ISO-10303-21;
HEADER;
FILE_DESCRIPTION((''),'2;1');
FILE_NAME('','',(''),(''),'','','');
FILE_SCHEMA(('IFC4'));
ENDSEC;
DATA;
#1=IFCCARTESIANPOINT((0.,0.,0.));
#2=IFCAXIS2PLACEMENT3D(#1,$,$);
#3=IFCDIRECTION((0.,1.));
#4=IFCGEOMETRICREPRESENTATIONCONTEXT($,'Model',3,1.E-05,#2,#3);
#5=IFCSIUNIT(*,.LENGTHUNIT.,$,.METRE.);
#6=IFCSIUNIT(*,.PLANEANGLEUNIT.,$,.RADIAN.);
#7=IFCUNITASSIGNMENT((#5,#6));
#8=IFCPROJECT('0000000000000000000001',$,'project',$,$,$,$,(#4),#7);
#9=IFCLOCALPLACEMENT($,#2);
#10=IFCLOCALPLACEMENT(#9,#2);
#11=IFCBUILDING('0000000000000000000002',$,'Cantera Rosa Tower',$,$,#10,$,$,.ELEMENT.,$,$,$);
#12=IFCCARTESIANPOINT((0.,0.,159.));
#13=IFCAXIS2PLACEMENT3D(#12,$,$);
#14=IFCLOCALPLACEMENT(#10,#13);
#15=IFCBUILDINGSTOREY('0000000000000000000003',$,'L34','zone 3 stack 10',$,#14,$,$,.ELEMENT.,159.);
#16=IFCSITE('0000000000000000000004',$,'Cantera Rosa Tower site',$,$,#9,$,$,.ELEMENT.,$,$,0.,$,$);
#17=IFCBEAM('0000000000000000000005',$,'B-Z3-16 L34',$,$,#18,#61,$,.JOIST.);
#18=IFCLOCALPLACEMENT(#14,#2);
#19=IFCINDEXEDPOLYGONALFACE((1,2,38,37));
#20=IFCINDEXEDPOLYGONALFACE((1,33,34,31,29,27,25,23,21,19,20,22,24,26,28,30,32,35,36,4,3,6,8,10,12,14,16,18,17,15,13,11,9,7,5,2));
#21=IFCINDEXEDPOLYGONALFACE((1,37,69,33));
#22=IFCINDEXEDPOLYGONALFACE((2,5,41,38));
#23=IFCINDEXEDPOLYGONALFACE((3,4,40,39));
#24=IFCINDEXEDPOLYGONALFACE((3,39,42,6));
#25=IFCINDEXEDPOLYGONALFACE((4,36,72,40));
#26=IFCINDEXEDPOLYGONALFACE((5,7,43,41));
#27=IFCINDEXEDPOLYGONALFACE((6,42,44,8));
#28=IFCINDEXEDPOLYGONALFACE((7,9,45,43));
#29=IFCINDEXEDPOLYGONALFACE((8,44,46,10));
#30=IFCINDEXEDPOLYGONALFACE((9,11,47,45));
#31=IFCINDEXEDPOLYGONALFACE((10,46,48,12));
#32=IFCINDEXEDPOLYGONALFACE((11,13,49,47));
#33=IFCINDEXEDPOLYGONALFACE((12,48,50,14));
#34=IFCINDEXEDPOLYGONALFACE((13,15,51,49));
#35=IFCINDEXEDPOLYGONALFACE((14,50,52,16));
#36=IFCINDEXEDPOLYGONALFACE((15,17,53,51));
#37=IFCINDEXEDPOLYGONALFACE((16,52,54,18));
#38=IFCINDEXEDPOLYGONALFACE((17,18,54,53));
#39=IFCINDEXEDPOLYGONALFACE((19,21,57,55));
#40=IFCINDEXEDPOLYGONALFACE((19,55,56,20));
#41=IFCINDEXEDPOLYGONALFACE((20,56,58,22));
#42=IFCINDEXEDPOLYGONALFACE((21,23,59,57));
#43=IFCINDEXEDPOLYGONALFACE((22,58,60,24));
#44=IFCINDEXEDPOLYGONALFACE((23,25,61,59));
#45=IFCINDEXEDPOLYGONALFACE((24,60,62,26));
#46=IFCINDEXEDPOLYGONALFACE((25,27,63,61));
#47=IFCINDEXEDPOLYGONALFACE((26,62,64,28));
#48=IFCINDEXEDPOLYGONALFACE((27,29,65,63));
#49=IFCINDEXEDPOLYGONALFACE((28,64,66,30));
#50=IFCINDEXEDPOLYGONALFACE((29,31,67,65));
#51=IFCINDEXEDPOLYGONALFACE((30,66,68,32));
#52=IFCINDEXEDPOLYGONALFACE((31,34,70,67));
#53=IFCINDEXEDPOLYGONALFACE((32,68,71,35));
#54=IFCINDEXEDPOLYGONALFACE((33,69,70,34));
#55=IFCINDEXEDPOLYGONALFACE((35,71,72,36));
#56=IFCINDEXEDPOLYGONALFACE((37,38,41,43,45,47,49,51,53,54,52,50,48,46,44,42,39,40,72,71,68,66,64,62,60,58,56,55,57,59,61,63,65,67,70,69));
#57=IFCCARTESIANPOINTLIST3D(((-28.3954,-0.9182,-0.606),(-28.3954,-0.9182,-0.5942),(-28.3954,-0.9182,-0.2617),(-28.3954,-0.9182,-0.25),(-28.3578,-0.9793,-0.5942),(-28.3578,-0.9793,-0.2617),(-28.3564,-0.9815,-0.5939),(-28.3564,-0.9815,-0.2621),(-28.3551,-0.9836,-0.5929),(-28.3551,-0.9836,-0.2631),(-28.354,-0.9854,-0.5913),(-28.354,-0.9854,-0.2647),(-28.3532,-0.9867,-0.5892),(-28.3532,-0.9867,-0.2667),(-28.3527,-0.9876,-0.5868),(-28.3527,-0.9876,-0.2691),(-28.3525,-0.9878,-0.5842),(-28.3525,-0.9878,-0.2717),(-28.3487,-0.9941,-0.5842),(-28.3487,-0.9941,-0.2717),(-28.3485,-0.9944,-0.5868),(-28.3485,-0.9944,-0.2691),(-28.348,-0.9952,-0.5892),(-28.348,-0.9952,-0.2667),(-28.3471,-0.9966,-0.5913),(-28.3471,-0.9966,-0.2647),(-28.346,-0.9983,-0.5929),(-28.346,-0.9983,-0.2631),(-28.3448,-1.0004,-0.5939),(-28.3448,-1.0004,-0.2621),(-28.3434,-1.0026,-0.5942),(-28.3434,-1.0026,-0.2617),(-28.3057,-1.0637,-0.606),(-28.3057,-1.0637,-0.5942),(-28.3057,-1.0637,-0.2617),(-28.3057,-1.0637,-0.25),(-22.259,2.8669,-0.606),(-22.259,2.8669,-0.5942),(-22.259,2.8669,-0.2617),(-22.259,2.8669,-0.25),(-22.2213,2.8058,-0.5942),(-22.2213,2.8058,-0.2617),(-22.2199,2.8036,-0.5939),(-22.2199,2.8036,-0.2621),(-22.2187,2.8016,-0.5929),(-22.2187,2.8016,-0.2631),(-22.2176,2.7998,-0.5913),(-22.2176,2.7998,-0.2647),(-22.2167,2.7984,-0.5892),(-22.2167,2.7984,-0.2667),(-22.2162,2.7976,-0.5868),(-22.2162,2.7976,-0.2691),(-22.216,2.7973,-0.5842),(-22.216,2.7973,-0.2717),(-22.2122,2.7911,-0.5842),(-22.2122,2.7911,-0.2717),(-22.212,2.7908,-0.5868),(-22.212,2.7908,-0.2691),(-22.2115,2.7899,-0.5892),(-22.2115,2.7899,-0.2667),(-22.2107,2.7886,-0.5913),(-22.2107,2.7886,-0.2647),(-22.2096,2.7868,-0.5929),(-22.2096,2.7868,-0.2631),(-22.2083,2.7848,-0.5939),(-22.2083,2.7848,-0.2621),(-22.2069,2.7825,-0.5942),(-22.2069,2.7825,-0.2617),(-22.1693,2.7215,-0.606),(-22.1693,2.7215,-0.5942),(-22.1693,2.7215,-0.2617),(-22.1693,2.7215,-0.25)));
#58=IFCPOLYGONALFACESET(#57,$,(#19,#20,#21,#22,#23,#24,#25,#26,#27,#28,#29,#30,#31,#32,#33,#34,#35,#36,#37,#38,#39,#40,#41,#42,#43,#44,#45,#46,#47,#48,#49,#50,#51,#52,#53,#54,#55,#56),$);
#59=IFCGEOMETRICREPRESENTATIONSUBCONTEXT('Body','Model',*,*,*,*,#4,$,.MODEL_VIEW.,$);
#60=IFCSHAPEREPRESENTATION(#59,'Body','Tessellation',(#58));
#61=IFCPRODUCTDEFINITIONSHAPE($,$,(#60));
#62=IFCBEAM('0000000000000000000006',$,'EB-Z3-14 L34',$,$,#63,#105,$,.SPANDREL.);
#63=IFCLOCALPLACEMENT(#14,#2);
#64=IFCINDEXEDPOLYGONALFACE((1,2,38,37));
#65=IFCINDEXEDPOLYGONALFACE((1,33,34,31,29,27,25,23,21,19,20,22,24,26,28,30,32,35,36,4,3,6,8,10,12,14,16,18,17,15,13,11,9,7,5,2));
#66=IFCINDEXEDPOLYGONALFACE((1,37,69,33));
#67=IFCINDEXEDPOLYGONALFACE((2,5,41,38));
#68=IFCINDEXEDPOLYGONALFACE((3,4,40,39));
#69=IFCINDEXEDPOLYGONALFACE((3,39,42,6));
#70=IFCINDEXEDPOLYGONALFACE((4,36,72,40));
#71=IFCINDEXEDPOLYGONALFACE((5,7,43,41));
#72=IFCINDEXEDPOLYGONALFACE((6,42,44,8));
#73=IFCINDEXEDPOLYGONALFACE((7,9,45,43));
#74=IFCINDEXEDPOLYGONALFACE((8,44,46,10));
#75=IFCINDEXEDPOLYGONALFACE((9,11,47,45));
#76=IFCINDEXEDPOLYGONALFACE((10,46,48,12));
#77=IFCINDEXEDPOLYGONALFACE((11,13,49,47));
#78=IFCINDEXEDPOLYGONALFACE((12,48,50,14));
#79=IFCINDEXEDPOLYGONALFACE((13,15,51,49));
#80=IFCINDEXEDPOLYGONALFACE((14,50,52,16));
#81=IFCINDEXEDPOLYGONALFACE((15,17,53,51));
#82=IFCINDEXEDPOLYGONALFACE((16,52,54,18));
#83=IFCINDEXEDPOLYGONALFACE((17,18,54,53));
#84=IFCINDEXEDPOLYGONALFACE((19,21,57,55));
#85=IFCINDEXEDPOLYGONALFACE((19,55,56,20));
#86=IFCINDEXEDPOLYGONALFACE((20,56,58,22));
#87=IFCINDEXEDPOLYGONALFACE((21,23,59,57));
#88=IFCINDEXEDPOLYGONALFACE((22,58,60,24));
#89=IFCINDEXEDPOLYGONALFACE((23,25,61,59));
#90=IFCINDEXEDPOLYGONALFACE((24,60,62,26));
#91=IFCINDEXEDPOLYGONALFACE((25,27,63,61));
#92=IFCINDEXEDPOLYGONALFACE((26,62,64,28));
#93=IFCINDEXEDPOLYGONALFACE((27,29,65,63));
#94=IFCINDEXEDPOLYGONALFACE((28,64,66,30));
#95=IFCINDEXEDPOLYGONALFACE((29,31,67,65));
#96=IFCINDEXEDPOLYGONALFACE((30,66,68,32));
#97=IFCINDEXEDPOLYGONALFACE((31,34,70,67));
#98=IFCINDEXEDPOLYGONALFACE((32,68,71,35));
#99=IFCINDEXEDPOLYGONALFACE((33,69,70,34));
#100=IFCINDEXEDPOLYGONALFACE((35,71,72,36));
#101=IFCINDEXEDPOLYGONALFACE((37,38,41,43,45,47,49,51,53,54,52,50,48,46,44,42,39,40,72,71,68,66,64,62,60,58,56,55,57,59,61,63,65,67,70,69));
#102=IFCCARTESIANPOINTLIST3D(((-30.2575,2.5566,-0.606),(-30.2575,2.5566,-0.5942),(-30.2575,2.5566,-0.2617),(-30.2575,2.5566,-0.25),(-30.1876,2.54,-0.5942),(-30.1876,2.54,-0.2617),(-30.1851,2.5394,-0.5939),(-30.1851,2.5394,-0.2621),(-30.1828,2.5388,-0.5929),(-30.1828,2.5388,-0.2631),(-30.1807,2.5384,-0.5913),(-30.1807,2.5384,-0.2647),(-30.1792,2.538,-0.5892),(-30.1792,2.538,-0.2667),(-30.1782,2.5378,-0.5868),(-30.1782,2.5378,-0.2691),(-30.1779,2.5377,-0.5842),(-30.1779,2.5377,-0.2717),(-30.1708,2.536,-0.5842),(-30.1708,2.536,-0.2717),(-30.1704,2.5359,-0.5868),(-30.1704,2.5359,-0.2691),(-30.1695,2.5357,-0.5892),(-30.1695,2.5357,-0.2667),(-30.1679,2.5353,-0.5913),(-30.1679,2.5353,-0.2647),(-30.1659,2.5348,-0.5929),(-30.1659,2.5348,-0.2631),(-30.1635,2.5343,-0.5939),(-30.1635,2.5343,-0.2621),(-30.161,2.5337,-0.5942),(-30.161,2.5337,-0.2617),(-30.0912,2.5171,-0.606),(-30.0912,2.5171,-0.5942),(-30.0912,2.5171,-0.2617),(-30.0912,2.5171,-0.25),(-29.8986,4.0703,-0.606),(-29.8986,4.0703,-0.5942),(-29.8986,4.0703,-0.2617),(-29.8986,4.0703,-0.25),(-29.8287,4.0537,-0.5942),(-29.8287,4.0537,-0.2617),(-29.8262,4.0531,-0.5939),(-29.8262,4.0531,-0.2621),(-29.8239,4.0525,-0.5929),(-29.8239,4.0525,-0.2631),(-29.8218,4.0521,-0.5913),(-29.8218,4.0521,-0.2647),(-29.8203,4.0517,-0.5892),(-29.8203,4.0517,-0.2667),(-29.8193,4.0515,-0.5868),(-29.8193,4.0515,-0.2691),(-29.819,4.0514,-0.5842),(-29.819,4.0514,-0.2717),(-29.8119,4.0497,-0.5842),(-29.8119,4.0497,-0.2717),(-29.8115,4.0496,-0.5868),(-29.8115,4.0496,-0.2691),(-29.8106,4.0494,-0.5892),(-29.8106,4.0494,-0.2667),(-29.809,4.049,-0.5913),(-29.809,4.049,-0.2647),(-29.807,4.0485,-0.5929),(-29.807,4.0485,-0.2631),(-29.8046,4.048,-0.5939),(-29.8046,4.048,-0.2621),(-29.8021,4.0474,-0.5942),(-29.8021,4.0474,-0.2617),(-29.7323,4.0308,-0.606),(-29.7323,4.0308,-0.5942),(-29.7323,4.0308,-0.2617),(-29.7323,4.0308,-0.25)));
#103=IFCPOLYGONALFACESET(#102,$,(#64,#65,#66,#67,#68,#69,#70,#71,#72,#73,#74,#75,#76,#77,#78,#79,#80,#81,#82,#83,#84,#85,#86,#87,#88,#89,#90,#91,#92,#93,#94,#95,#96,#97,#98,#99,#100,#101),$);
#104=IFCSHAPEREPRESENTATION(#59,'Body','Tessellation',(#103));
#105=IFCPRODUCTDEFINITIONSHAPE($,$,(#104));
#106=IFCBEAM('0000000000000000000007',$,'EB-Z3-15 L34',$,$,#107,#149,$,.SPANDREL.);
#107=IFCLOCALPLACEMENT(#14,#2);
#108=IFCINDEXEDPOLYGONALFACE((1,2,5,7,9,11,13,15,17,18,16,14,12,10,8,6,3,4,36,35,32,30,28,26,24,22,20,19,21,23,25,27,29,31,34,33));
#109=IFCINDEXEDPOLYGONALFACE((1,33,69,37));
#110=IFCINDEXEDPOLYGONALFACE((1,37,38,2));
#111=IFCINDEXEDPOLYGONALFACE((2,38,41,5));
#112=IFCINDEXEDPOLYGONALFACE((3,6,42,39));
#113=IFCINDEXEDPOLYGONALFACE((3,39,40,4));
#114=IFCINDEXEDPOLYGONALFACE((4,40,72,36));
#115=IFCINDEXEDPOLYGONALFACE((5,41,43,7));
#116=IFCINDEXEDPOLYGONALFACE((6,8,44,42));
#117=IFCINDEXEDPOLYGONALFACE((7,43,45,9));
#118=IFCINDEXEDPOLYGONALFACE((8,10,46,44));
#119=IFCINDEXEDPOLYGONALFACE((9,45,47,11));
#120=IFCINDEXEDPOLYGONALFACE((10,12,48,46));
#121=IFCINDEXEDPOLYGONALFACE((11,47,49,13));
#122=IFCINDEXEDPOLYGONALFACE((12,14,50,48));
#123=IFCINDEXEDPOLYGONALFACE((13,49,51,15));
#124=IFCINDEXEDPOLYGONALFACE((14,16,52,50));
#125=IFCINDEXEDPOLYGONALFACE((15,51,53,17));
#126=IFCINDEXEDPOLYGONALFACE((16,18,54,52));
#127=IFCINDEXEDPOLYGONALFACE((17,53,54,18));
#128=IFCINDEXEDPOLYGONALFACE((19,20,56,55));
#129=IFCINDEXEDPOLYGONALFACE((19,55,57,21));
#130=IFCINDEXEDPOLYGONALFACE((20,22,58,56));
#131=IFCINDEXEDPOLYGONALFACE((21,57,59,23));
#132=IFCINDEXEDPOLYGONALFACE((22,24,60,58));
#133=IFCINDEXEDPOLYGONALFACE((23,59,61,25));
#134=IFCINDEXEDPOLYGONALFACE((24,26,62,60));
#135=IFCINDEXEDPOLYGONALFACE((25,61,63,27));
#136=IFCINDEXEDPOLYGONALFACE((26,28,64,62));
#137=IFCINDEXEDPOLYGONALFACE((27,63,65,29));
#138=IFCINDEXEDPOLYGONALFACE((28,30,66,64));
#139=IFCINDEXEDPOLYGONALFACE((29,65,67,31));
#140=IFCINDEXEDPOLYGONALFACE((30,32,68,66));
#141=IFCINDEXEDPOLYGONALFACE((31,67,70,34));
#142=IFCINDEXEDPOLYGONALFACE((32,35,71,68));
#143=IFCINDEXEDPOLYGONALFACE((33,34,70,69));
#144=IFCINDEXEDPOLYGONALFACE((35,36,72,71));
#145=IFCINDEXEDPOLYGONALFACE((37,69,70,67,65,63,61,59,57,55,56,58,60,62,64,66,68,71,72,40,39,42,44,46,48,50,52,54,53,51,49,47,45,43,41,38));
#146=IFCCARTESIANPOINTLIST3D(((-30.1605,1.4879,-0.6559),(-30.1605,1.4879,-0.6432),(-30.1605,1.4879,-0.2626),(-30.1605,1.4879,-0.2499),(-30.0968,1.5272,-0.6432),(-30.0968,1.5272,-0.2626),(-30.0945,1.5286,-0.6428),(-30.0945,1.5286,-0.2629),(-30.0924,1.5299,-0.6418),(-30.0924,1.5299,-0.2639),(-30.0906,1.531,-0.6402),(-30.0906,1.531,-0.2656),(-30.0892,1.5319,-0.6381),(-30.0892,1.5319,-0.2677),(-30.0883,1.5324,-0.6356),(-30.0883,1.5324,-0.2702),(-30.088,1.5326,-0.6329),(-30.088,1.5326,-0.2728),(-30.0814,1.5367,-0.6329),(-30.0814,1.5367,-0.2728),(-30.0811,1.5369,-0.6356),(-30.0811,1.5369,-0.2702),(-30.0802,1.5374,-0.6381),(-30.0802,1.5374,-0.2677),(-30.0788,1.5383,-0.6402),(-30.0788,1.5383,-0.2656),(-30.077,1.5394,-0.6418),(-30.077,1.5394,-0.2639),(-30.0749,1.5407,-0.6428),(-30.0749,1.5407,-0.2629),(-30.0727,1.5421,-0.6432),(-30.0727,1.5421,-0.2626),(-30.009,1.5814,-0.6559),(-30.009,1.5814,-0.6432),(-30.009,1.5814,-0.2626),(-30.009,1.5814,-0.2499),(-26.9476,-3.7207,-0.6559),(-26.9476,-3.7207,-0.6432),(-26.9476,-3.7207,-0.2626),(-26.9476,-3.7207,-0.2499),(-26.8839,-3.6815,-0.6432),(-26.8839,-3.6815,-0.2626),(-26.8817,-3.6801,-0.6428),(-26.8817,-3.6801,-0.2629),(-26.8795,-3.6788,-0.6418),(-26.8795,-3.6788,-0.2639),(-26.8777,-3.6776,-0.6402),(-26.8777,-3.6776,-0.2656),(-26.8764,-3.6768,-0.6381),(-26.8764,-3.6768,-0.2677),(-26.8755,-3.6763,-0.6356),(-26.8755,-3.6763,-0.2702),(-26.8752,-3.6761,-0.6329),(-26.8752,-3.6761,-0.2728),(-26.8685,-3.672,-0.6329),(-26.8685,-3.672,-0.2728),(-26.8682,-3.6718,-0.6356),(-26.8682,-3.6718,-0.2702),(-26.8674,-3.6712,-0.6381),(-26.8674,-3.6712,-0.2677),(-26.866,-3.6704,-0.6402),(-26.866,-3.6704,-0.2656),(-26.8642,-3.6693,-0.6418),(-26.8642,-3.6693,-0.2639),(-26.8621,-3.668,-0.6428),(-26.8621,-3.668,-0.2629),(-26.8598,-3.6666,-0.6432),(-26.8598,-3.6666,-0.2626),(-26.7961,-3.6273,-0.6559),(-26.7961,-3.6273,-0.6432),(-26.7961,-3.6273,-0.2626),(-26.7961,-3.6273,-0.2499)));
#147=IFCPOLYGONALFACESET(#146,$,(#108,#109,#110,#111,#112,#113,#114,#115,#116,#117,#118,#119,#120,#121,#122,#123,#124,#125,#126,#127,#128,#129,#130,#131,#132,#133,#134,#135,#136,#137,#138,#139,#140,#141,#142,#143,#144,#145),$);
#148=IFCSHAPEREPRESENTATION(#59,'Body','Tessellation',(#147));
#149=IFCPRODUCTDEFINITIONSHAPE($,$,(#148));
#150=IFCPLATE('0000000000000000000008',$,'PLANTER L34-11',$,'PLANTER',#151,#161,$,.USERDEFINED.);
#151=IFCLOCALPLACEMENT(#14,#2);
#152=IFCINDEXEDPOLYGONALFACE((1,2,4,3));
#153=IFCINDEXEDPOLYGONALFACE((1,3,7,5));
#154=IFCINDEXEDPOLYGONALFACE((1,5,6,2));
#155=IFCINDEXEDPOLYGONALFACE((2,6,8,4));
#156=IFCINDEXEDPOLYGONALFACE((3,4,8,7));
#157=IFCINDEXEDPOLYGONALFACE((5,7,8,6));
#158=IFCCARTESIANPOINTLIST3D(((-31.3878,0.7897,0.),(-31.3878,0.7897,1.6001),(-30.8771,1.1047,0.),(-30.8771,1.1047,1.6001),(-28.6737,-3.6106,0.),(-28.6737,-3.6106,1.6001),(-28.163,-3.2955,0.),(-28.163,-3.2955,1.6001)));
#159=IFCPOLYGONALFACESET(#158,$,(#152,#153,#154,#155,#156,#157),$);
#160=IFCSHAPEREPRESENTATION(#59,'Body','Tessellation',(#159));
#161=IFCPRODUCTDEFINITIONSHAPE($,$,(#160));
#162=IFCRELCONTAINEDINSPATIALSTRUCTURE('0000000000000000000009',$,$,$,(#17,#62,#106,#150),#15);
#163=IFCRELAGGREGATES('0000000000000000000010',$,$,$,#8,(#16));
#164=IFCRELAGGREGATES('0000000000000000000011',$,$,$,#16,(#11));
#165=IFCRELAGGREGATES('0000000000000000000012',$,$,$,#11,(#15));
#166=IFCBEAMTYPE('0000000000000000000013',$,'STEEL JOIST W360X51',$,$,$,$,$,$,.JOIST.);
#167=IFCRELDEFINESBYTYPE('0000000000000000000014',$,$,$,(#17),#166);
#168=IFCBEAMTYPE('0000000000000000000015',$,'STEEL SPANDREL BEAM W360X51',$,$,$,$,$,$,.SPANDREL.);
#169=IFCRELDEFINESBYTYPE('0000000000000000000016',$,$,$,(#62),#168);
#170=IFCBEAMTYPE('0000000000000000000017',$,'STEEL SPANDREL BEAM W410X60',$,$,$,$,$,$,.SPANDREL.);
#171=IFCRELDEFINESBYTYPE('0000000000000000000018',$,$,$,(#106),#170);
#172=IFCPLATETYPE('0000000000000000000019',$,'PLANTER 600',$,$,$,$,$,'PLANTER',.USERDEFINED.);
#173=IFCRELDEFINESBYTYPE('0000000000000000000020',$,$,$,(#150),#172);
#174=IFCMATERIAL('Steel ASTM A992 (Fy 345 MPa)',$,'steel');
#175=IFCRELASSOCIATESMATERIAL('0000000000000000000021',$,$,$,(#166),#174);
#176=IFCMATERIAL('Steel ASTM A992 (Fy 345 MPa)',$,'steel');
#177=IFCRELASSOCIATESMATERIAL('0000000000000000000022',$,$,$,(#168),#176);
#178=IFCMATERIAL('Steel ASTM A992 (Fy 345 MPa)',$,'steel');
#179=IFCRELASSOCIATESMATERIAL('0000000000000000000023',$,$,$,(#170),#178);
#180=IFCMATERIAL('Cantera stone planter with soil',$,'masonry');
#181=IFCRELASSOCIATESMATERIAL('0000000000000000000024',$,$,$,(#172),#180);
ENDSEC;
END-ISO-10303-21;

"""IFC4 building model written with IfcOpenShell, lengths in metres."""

from ifc_helpers import new_model, si_unit, direction, frame, origin, origin_2d, place, context, subcontext, project, spatial, rectangle, i_section, extrude, material, material_profile, profile_set, type_object, element, save


model = new_model("IFC4")

# Units and contexts
model_context = context("Model", 3, precision=1e-05, world=origin(), true_north=direction((0.0, 1.0)))
body_context = subcontext(model_context, "Body", "Model", "MODEL_VIEW")
ifc_project = project(units=[si_unit("LENGTHUNIT", "METRE"), si_unit("PLANEANGLEUNIT", "RADIAN")], contexts=[model_context])

# Site, building, storey
site_placement = place(None, origin())
site = spatial("IfcSite", under=ifc_project, at=site_placement, Name="Cantera Rosa Tower site", CompositionType="ELEMENT", RefElevation=0.0)
building_placement = place(site_placement, origin())
building = spatial("IfcBuilding", under=site, at=building_placement, Name="Cantera Rosa Tower", CompositionType="ELEMENT")
storey_placement = place(building_placement, frame((0.0, 0.0, 159.0)))
storey = spatial("IfcBuildingStorey", under=building, at=storey_placement, Name="L34", Description="zone 3 stack 10", CompositionType="ELEMENT", Elevation=159.0)

# Beams
ifc_material_1 = material(Name="Steel ASTM A992 (Fy 345 MPa)", Category="steel")
ifc_material_profile_1 = material_profile(ifc_material_1, i_section(OverallWidth=0.1709, OverallDepth=0.356, WebThickness=0.0073, FlangeThickness=0.0117, FilletRadius=0.01, at=origin_2d()), Name="W360X51")
ifc_profile_set_1 = profile_set([ifc_material_profile_1], Name="Steel ASTM A992 (Fy 345 MPa)")
beam_type_1 = type_object("IfcBeamType", Name="STEEL JOIST W360X51", PredefinedType="JOIST", material=ifc_profile_set_1)
beam_1_placement = place(storey_placement, frame((-28.3506, -0.991, -0.428), z_axis=(0.851109, 0.524989, 0.0), x_axis=(-0.524989, 0.851109, 0.0)))
element("IfcBeam", 1, at=beam_1_placement, inside=storey, type_object=beam_type_1, Name="B-Z3-16 L34", PredefinedType="JOIST", context=body_context, shape_type="SweptSolid", body=[
    extrude(i_section(OverallWidth=0.1709, OverallDepth=0.356, WebThickness=0.0073, FlangeThickness=0.0117, FilletRadius=0.01, at=origin_2d()), origin(), (0.0, 0.0, 1.0), 7.21),
])
ifc_material_2 = material(Name="Steel ASTM A992 (Fy 345 MPa)", Category="steel")
ifc_material_profile_2 = material_profile(ifc_material_2, i_section(OverallWidth=0.1709, OverallDepth=0.356, WebThickness=0.0073, FlangeThickness=0.0117, FilletRadius=0.01, at=origin_2d()), Name="W360X51")
ifc_profile_set_2 = profile_set([ifc_material_profile_2], Name="Steel ASTM A992 (Fy 345 MPa)")
beam_type_2 = type_object("IfcBeamType", Name="STEEL SPANDREL BEAM W360X51", PredefinedType="SPANDREL", material=ifc_profile_set_2)
beam_2_placement = place(storey_placement, frame((-29.8154, 4.0505, -0.428), z_axis=(-0.230701, -0.973025, 0.0), x_axis=(0.973025, -0.230701, 0.0)))
element("IfcBeam", 2, at=beam_2_placement, inside=storey, type_object=beam_type_2, Name="EB-Z3-14 L34", PredefinedType="SPANDREL", context=body_context, shape_type="SweptSolid", body=[
    extrude(i_section(OverallWidth=0.1709, OverallDepth=0.356, WebThickness=0.0073, FlangeThickness=0.0117, FilletRadius=0.01, at=origin_2d()), origin(), (0.0, 0.0, 1.0), 1.5557),
])
ifc_material_3 = material(Name="Steel ASTM A992 (Fy 345 MPa)", Category="steel")
ifc_material_profile_3 = material_profile(ifc_material_3, i_section(OverallWidth=0.178, OverallDepth=0.406, WebThickness=0.0078, FlangeThickness=0.0127, FilletRadius=0.0103, at=origin_2d()), Name="W410X60")
ifc_profile_set_3 = profile_set([ifc_material_profile_3], Name="Steel ASTM A992 (Fy 345 MPa)")
beam_type_3 = type_object("IfcBeamType", Name="STEEL SPANDREL BEAM W410X60", PredefinedType="SPANDREL", material=ifc_profile_set_3)
beam_3_placement = place(storey_placement, frame((-30.0847, 1.5347, -0.4529), z_axis=(0.524987, -0.85111, 0.0), x_axis=(0.85111, 0.524987, 0.0)))
element("IfcBeam", 3, at=beam_3_placement, inside=storey, type_object=beam_type_3, Name="EB-Z3-15 L34", PredefinedType="SPANDREL", context=body_context, shape_type="SweptSolid", body=[
    extrude(i_section(OverallWidth=0.178, OverallDepth=0.406, WebThickness=0.0078, FlangeThickness=0.0127, FilletRadius=0.0103, at=origin_2d()), origin(), (0.0, 0.0, 1.0), 6.1199),
])

# Plate
ifc_material_4 = material(Name="Cantera stone planter with soil", Category="masonry")
plate_type = type_object("IfcPlateType", Name="PLANTER 600", ElementType="PLANTER", PredefinedType="USERDEFINED", material=ifc_material_4)
plate_placement = place(storey_placement, frame((-29.7754, -1.2529, 0.0), z_axis=(0.0, 0.0, 1.0), x_axis=(0.524977, -0.851117, 0.0)))
element("IfcPlate", 4, at=plate_placement, inside=storey, type_object=plate_type, Name="PLANTER L34-11", ObjectType="PLANTER", PredefinedType="USERDEFINED", context=body_context, shape_type="SweptSolid", body=[
    extrude(rectangle(XDim=5.1699, YDim=0.6001, at=origin_2d()), origin(), (0.0, 0.0, 1.0), 1.6001),
])

save(model, "model.ifc")
